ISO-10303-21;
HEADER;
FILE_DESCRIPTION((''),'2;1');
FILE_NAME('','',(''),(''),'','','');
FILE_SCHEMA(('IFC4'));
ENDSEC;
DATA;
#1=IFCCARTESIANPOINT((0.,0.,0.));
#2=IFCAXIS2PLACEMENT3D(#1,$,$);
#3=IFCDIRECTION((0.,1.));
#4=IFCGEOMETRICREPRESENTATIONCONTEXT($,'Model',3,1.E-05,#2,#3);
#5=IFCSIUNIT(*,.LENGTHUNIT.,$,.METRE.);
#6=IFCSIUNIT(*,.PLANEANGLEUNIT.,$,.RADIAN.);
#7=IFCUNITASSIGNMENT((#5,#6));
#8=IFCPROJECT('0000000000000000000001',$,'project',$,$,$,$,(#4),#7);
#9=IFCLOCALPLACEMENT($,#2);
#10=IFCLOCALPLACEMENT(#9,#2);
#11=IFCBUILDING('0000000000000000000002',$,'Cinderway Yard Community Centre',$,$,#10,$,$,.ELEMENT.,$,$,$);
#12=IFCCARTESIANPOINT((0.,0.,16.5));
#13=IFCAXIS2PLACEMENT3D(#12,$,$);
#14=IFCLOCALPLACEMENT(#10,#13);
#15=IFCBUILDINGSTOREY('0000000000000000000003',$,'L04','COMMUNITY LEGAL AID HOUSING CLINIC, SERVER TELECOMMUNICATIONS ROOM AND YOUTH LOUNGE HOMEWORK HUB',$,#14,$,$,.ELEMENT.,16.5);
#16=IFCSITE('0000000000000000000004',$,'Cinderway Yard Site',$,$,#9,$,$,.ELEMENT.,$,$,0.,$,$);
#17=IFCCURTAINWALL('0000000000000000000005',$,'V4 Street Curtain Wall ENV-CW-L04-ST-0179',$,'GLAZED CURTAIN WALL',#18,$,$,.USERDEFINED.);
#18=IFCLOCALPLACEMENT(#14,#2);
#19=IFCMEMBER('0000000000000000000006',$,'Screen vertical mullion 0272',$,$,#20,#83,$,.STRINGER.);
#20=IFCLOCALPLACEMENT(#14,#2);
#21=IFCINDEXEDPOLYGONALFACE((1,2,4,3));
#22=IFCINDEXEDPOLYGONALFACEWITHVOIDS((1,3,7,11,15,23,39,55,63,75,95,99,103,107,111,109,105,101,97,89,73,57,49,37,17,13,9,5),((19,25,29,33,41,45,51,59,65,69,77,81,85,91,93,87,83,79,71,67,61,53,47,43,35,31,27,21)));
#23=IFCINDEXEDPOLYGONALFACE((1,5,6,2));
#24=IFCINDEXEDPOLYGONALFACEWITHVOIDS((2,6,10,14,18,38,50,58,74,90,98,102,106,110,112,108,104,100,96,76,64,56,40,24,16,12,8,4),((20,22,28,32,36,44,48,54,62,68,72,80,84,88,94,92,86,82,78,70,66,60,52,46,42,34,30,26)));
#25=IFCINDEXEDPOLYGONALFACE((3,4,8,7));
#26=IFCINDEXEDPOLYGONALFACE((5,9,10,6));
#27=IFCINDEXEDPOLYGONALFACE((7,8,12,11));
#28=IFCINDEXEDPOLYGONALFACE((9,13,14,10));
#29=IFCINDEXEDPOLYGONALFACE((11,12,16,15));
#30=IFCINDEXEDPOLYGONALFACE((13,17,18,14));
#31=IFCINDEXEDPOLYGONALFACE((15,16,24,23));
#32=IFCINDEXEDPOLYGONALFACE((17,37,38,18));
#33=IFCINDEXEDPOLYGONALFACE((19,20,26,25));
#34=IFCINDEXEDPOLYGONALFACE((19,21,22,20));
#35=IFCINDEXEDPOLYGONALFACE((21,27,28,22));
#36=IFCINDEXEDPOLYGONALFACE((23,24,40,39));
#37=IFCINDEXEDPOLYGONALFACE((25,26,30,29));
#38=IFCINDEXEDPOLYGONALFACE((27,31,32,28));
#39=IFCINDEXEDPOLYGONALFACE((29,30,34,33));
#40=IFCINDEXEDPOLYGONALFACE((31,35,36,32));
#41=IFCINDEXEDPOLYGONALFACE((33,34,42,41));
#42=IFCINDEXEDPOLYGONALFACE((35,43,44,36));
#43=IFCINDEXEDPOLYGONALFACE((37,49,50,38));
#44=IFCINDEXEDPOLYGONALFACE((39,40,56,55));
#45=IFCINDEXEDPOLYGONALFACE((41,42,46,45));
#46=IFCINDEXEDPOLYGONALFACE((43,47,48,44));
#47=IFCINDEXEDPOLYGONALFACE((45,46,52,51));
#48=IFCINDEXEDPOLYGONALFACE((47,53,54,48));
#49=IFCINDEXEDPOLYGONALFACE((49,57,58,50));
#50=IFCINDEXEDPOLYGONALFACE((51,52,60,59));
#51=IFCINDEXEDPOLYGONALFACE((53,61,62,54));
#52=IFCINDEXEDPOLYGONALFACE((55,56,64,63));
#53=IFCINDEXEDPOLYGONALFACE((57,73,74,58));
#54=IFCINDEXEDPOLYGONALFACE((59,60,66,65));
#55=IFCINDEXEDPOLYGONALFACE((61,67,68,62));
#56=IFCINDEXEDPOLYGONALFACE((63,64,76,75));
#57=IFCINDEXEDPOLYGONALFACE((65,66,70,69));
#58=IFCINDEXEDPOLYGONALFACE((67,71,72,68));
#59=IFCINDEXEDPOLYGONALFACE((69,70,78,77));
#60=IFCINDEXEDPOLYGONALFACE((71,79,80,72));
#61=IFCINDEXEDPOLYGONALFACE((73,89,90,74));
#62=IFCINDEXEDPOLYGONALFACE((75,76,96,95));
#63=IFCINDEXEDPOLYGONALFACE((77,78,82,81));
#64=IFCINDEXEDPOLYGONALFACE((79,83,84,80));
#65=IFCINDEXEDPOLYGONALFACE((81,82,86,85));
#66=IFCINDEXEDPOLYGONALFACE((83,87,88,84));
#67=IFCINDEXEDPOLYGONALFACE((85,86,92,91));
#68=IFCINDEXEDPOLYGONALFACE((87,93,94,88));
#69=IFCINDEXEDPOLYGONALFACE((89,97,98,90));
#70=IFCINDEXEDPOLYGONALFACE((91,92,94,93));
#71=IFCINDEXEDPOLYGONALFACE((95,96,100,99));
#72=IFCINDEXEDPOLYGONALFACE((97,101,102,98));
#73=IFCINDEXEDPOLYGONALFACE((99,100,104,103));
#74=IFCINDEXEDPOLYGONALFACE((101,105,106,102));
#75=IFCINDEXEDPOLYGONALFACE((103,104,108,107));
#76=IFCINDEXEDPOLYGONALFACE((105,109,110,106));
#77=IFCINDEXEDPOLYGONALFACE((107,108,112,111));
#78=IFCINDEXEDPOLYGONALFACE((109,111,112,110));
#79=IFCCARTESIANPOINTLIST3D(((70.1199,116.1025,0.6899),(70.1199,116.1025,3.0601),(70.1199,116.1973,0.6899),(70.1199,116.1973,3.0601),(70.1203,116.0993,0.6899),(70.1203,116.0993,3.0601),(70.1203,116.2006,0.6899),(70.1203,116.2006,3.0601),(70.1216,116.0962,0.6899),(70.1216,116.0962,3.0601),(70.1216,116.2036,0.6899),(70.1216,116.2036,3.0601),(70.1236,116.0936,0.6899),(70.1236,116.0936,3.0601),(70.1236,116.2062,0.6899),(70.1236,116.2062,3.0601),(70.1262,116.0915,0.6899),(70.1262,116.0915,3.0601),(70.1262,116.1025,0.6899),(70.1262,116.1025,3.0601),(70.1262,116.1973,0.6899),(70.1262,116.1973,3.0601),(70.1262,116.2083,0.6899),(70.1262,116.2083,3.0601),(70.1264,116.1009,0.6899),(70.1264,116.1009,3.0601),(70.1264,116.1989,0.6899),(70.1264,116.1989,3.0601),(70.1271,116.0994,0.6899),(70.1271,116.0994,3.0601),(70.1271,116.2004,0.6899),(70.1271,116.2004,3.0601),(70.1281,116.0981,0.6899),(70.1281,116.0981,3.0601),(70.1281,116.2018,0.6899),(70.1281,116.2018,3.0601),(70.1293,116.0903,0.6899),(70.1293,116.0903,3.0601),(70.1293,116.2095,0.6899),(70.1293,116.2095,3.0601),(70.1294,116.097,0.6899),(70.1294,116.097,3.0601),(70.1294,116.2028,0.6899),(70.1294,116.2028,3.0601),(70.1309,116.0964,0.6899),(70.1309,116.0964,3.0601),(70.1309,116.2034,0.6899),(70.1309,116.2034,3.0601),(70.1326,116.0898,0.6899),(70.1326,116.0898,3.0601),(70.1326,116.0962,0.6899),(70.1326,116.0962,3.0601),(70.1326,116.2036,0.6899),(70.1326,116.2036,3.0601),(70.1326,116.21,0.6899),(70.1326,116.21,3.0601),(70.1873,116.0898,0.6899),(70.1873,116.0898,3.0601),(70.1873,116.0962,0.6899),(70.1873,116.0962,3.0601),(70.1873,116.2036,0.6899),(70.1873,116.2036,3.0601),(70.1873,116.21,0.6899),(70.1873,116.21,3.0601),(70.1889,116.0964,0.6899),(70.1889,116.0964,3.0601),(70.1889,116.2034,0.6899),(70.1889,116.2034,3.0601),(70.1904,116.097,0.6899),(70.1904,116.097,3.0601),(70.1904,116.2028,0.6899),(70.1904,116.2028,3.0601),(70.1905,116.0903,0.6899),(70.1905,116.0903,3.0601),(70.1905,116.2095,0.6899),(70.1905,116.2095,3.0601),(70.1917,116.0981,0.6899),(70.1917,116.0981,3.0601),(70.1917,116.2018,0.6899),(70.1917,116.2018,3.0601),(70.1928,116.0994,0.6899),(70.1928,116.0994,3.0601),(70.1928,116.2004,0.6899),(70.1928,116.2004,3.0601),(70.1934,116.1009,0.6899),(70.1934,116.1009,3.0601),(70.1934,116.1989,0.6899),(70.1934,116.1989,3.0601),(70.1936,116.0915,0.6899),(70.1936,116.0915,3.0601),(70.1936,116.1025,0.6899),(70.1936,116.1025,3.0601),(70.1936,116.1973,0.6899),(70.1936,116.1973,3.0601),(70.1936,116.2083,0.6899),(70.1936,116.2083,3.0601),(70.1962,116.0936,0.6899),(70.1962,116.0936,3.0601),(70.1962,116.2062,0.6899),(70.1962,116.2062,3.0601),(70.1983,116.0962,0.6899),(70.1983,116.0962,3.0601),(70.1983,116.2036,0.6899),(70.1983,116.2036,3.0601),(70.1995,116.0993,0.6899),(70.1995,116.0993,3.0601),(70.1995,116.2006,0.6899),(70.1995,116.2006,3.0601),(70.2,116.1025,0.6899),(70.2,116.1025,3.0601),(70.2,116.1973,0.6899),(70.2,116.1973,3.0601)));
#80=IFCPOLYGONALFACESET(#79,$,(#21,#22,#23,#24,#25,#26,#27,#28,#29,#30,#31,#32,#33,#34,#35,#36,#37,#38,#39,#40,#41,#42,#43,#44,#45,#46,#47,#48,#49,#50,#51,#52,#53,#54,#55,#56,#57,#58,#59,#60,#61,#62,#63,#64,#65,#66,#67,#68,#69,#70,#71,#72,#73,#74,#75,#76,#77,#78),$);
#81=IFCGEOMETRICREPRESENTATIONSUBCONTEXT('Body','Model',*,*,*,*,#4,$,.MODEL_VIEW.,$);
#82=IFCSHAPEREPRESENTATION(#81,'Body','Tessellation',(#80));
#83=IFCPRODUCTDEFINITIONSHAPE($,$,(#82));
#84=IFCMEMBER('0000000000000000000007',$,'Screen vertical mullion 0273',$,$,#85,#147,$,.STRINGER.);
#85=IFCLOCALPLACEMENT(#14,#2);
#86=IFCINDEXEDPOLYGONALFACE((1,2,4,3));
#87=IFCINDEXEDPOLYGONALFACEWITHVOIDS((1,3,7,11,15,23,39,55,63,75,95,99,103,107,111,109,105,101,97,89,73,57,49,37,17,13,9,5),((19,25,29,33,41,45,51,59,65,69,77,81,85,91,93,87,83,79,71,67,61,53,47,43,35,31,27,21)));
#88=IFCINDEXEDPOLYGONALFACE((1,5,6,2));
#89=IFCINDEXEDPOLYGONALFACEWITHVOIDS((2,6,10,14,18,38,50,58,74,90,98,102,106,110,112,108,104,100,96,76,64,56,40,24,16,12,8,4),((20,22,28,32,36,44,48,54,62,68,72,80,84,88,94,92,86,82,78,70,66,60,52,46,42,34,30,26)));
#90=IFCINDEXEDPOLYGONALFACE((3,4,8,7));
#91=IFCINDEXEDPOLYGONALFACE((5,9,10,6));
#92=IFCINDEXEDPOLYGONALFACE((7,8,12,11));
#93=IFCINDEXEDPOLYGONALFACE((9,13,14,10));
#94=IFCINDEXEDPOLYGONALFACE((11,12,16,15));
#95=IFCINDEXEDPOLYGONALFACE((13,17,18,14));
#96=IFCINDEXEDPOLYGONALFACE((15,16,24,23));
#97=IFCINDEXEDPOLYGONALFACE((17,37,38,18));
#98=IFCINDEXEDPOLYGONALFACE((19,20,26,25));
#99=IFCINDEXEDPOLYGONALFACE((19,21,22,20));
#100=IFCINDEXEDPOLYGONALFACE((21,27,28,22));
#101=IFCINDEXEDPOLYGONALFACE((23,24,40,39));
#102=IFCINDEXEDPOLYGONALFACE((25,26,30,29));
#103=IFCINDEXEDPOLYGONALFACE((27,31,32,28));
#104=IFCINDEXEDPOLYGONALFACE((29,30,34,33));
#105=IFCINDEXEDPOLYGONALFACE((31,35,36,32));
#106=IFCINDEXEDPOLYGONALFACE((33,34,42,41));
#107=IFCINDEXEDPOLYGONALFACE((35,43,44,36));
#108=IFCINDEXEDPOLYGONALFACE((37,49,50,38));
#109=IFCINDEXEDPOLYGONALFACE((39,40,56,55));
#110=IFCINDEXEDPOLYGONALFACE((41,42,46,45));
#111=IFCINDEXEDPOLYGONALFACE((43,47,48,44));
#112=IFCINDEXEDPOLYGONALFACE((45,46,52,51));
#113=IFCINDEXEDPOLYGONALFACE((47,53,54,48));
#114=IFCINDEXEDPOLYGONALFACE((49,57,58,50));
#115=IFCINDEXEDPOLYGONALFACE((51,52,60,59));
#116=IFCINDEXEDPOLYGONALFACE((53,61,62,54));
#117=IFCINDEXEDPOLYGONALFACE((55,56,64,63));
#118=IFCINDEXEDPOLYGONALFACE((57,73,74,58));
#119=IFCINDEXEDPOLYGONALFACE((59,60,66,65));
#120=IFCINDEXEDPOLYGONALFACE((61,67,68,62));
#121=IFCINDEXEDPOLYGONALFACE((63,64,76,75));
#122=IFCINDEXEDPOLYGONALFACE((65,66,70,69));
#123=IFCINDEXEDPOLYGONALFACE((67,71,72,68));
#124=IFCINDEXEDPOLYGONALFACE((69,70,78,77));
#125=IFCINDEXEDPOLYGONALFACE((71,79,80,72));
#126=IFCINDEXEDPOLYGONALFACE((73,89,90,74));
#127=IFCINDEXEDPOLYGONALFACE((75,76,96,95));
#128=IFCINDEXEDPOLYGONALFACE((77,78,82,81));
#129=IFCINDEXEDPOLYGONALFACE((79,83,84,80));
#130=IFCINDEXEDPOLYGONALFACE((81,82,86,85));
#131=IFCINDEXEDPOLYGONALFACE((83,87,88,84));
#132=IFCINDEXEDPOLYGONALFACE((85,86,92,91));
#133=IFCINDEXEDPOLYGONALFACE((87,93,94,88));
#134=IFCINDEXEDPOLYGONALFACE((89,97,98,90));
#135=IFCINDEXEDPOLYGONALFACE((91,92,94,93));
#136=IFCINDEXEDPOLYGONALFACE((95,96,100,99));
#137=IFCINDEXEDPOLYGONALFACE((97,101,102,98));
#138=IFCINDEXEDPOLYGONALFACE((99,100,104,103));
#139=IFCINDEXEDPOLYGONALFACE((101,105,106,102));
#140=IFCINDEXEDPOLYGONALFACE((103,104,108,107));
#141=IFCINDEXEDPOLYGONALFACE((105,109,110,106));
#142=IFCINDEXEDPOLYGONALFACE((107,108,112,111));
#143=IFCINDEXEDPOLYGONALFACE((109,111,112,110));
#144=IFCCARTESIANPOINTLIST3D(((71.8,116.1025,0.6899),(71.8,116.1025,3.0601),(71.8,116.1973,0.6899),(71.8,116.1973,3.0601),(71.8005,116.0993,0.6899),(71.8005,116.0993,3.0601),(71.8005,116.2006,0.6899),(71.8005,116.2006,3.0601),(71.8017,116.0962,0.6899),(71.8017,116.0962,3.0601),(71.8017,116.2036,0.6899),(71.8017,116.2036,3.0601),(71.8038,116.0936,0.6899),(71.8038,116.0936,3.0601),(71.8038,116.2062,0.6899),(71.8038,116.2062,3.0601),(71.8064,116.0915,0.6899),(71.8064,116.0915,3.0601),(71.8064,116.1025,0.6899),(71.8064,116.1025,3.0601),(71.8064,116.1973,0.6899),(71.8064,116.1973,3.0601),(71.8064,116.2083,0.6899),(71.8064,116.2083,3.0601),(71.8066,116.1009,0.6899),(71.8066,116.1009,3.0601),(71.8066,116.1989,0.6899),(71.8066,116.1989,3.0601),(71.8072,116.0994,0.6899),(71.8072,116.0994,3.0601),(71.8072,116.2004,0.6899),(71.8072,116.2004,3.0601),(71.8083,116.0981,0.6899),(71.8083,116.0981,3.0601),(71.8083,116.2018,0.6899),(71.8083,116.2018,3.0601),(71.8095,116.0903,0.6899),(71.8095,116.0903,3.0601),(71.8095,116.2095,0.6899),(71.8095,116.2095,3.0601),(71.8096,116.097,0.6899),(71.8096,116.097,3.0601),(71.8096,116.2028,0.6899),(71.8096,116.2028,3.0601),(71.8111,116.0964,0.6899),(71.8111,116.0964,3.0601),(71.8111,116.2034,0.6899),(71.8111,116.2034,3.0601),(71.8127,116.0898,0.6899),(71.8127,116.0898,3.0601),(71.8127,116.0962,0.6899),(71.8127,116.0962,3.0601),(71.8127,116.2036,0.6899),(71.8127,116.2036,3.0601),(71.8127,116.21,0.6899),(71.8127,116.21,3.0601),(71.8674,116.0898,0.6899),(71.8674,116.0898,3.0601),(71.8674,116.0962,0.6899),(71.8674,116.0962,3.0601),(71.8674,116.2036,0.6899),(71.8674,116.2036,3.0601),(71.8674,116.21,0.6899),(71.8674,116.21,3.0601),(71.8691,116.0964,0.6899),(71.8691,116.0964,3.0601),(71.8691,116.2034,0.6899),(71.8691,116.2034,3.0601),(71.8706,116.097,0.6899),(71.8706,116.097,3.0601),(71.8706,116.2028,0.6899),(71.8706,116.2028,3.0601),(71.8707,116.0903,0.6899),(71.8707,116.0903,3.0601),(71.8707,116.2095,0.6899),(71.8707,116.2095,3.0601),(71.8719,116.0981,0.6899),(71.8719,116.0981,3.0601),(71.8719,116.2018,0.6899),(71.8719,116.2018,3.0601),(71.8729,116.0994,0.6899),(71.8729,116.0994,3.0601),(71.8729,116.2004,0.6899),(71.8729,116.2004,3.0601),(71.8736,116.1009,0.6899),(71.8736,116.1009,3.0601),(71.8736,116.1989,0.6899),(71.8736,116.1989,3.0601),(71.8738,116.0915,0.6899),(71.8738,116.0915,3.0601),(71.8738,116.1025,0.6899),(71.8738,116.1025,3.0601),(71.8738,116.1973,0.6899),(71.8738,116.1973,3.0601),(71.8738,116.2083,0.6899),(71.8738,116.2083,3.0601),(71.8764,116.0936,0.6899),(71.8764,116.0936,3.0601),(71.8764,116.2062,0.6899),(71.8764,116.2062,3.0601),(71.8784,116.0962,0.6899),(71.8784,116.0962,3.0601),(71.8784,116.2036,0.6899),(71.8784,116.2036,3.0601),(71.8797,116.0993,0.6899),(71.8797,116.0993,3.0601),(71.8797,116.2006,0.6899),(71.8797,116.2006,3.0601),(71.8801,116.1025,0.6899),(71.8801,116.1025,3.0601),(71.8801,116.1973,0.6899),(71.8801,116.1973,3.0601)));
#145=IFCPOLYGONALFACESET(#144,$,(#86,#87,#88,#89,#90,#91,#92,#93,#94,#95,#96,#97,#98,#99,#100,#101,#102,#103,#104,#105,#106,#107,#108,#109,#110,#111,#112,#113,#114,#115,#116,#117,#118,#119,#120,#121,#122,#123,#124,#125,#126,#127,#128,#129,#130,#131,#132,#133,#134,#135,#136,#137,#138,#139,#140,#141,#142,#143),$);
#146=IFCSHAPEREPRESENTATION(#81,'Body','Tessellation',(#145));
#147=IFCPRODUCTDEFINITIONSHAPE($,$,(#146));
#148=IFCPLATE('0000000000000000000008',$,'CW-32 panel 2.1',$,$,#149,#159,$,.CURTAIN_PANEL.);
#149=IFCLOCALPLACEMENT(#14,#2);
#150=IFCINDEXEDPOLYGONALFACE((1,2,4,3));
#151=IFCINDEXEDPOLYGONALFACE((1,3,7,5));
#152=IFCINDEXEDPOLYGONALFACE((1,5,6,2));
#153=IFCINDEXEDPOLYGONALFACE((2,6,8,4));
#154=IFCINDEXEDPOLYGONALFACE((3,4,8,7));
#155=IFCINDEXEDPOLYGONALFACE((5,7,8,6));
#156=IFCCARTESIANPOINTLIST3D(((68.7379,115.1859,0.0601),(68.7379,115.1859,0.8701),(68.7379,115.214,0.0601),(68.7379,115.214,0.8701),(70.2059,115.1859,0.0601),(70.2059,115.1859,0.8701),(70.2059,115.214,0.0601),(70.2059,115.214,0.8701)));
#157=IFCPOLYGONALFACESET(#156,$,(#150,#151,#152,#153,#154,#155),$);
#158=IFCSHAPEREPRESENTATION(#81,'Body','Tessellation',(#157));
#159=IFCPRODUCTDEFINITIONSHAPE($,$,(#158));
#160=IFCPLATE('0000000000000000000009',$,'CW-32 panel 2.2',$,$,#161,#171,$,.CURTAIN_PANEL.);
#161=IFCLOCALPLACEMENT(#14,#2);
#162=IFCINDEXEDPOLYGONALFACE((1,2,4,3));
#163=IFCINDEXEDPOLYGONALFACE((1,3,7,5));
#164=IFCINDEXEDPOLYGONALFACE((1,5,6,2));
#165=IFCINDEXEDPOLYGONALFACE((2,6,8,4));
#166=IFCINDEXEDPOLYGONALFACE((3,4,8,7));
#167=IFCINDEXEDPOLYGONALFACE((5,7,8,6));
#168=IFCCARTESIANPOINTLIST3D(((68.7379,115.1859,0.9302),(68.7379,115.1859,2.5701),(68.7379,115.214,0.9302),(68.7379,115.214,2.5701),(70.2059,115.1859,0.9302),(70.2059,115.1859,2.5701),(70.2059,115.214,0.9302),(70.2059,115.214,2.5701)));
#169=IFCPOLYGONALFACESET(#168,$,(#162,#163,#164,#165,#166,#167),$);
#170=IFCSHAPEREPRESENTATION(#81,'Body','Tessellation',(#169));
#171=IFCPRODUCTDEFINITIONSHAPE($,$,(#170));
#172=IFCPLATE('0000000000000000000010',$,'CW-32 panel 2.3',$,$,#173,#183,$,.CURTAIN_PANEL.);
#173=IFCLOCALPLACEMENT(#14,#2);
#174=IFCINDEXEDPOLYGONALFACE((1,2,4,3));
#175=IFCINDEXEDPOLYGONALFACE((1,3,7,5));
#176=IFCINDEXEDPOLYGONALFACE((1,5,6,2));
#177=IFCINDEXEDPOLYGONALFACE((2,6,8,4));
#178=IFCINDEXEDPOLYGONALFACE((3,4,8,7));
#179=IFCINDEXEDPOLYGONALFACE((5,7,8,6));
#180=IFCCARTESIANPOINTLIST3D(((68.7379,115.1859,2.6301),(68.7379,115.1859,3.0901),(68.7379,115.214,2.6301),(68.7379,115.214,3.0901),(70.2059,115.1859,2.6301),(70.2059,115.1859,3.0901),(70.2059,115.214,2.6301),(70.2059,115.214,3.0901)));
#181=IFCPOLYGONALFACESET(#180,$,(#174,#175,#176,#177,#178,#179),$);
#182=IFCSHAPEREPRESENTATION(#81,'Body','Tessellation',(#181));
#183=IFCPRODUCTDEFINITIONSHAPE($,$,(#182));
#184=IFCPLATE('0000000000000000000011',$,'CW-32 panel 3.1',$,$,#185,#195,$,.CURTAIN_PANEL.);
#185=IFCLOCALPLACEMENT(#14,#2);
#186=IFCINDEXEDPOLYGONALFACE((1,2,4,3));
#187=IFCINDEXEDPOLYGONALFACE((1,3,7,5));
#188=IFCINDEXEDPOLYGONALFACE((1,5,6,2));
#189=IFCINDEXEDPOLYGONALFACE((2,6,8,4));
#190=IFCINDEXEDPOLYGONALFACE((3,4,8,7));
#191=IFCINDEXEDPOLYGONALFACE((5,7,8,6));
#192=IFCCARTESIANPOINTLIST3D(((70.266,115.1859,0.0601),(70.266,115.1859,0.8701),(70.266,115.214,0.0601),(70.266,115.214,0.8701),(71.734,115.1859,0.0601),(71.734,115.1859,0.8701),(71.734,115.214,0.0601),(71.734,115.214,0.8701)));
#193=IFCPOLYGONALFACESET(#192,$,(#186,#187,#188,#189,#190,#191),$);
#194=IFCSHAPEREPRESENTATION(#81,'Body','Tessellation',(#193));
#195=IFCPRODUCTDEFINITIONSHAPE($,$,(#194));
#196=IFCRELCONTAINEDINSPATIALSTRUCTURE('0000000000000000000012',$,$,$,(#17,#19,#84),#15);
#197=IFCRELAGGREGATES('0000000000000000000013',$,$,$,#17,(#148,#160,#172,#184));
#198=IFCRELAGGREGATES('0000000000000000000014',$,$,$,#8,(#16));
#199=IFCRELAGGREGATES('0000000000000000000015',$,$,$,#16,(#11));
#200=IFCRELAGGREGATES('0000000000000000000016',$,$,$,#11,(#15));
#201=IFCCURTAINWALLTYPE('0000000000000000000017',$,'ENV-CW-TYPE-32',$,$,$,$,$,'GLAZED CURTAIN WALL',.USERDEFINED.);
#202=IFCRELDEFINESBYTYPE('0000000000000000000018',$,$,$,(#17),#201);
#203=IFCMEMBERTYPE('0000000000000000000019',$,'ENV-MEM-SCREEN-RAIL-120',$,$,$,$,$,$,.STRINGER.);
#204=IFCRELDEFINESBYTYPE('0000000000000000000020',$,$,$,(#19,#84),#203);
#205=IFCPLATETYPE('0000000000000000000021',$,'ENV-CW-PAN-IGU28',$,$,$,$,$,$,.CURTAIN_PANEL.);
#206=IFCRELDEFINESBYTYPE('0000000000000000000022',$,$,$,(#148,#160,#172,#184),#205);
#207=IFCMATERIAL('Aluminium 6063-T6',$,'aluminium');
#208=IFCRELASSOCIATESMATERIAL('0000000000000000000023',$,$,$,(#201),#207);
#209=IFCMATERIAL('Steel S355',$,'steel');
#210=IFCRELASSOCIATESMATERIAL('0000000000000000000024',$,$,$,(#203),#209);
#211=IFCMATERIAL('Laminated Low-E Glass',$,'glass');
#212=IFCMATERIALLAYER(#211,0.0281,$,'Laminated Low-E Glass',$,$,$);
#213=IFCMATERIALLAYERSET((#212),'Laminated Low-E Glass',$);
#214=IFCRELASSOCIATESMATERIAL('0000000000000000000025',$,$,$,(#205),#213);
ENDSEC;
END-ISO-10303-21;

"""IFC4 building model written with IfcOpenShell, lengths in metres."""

from ifc_helpers import new_model, si_unit, direction, frame, origin, origin_2d, place, context, subcontext, project, spatial, rectangle, hollow_rectangle, extrude, material, layer, layer_set, material_profile, profile_set, type_object, element, aggregate, save


model = new_model("IFC4")

# Units and contexts
model_context = context("Model", 3, precision=1e-05, world=origin(), true_north=direction((0.0, 1.0)))
body_context = subcontext(model_context, "Body", "Model", "MODEL_VIEW")
ifc_project = project(units=[si_unit("LENGTHUNIT", "METRE"), si_unit("PLANEANGLEUNIT", "RADIAN")], contexts=[model_context])

# Site, building, storey
site_placement = place(None, origin())
site = spatial("IfcSite", under=ifc_project, at=site_placement, Name="Cinderway Yard Site", CompositionType="ELEMENT", RefElevation=0.0)
building_placement = place(site_placement, origin())
building = spatial("IfcBuilding", under=site, at=building_placement, Name="Cinderway Yard Community Centre", CompositionType="ELEMENT")
storey_placement = place(building_placement, frame((0.0, 0.0, 16.5)))
storey = spatial("IfcBuildingStorey", under=building, at=storey_placement, Name="L04", Description="COMMUNITY LEGAL AID HOUSING CLINIC, SERVER TELECOMMUNICATIONS ROOM AND YOUTH LOUNGE HOMEWORK HUB", CompositionType="ELEMENT", Elevation=16.5)

# Curtain wall
ifc_material_1 = material(Name="Aluminium 6063-T6", Category="aluminium")
curtain_wall_type = type_object("IfcCurtainWallType", Name="ENV-CW-TYPE-32", ElementType="GLAZED CURTAIN WALL", PredefinedType="USERDEFINED", material=ifc_material_1)
curtain_wall_placement = place(storey_placement, origin())
curtain_wall = element("IfcCurtainWall", 1, at=curtain_wall_placement, inside=storey, type_object=curtain_wall_type, Name="V4 Street Curtain Wall ENV-CW-L04-ST-0179", ObjectType="GLAZED CURTAIN WALL", PredefinedType="USERDEFINED")

# Members
ifc_material_2 = material(Name="Steel S355", Category="steel")
ifc_material_profile_1 = material_profile(ifc_material_2, hollow_rectangle(XDim=0.0801, YDim=0.1201, WallThickness=0.0063, InnerFilletRadius=0.0063, OuterFilletRadius=0.0127, at=origin_2d()), Name="Steel S355")
ifc_profile_set_1 = profile_set([ifc_material_profile_1], Name="Steel S355")
member_type_1 = type_object("IfcMemberType", Name="ENV-MEM-SCREEN-RAIL-120", PredefinedType="STRINGER", material=ifc_profile_set_1)
for number, where, z_axis, x_axis, name in (
    (2, (70.1599, 116.1499, 0.6899), (0.0, 0.0, 1.0), (1.0, 0.0, 0.0), "Screen vertical mullion 0272"),
    (3, (71.8401, 116.1499, 0.6899), (0.0, 0.0, 1.0), (1.0, 0.0, 0.0), "Screen vertical mullion 0273"),
):
    element("IfcMember", number, at=place(storey_placement, frame(where, z_axis=z_axis, x_axis=x_axis)), inside=storey, type_object=member_type_1, Name=name, PredefinedType="STRINGER", context=body_context, shape_type="SweptSolid", body=[
        extrude(hollow_rectangle(XDim=0.0801, YDim=0.1201, WallThickness=0.0063, InnerFilletRadius=0.0063, OuterFilletRadius=0.0127, at=origin_2d()), origin(), (0.0, 0.0, 1.0), 2.3701),
    ])

# Plates
ifc_material_3 = material(Name="Laminated Low-E Glass", Category="glass")
ifc_layer_1 = layer(ifc_material_3, 0.0281, Name="Laminated Low-E Glass")
ifc_layer_set_1 = layer_set([ifc_layer_1], Name="Laminated Low-E Glass")
plate_type_1 = type_object("IfcPlateType", Name="ENV-CW-PAN-IGU28", PredefinedType="CURTAIN_PANEL", material=ifc_layer_set_1)
plate_1_placement = place(storey_placement, frame((69.4719, 115.2, 0.0601), z_axis=(0.0, 0.0, 1.0), x_axis=(1.0, 0.0, 0.0)))
plate_1 = element("IfcPlate", 4, at=plate_1_placement, type_object=plate_type_1, Name="CW-32 panel 2.1", PredefinedType="CURTAIN_PANEL", context=body_context, shape_type="SweptSolid", body=[
    extrude(rectangle(XDim=1.468, YDim=0.0281, at=origin_2d()), origin(), (0.0, 0.0, 1.0), 0.8101),
])
plate_2_placement = place(storey_placement, frame((69.4719, 115.2, 0.9302), z_axis=(0.0, 0.0, 1.0), x_axis=(1.0, 0.0, 0.0)))
plate_2 = element("IfcPlate", 5, at=plate_2_placement, type_object=plate_type_1, Name="CW-32 panel 2.2", PredefinedType="CURTAIN_PANEL", context=body_context, shape_type="SweptSolid", body=[
    extrude(rectangle(XDim=1.468, YDim=0.0281, at=origin_2d()), origin(), (0.0, 0.0, 1.0), 1.6399),
])
plate_3_placement = place(storey_placement, frame((69.4719, 115.2, 2.6301), z_axis=(0.0, 0.0, 1.0), x_axis=(1.0, 0.0, 0.0)))
plate_3 = element("IfcPlate", 6, at=plate_3_placement, type_object=plate_type_1, Name="CW-32 panel 2.3", PredefinedType="CURTAIN_PANEL", context=body_context, shape_type="SweptSolid", body=[
    extrude(rectangle(XDim=1.468, YDim=0.0281, at=origin_2d()), origin(), (0.0, 0.0, 1.0), 0.46),
])
plate_4_placement = place(storey_placement, frame((71.0, 115.2, 0.0601), z_axis=(0.0, 0.0, 1.0), x_axis=(1.0, 0.0, 0.0)))
plate_4 = element("IfcPlate", 7, at=plate_4_placement, type_object=plate_type_1, Name="CW-32 panel 3.1", PredefinedType="CURTAIN_PANEL", context=body_context, shape_type="SweptSolid", body=[
    extrude(rectangle(XDim=1.468, YDim=0.0281, at=origin_2d()), origin(), (0.0, 0.0, 1.0), 0.8101),
])
aggregate(curtain_wall, [plate_1, plate_2, plate_3, plate_4])

save(model, "model.ifc")
